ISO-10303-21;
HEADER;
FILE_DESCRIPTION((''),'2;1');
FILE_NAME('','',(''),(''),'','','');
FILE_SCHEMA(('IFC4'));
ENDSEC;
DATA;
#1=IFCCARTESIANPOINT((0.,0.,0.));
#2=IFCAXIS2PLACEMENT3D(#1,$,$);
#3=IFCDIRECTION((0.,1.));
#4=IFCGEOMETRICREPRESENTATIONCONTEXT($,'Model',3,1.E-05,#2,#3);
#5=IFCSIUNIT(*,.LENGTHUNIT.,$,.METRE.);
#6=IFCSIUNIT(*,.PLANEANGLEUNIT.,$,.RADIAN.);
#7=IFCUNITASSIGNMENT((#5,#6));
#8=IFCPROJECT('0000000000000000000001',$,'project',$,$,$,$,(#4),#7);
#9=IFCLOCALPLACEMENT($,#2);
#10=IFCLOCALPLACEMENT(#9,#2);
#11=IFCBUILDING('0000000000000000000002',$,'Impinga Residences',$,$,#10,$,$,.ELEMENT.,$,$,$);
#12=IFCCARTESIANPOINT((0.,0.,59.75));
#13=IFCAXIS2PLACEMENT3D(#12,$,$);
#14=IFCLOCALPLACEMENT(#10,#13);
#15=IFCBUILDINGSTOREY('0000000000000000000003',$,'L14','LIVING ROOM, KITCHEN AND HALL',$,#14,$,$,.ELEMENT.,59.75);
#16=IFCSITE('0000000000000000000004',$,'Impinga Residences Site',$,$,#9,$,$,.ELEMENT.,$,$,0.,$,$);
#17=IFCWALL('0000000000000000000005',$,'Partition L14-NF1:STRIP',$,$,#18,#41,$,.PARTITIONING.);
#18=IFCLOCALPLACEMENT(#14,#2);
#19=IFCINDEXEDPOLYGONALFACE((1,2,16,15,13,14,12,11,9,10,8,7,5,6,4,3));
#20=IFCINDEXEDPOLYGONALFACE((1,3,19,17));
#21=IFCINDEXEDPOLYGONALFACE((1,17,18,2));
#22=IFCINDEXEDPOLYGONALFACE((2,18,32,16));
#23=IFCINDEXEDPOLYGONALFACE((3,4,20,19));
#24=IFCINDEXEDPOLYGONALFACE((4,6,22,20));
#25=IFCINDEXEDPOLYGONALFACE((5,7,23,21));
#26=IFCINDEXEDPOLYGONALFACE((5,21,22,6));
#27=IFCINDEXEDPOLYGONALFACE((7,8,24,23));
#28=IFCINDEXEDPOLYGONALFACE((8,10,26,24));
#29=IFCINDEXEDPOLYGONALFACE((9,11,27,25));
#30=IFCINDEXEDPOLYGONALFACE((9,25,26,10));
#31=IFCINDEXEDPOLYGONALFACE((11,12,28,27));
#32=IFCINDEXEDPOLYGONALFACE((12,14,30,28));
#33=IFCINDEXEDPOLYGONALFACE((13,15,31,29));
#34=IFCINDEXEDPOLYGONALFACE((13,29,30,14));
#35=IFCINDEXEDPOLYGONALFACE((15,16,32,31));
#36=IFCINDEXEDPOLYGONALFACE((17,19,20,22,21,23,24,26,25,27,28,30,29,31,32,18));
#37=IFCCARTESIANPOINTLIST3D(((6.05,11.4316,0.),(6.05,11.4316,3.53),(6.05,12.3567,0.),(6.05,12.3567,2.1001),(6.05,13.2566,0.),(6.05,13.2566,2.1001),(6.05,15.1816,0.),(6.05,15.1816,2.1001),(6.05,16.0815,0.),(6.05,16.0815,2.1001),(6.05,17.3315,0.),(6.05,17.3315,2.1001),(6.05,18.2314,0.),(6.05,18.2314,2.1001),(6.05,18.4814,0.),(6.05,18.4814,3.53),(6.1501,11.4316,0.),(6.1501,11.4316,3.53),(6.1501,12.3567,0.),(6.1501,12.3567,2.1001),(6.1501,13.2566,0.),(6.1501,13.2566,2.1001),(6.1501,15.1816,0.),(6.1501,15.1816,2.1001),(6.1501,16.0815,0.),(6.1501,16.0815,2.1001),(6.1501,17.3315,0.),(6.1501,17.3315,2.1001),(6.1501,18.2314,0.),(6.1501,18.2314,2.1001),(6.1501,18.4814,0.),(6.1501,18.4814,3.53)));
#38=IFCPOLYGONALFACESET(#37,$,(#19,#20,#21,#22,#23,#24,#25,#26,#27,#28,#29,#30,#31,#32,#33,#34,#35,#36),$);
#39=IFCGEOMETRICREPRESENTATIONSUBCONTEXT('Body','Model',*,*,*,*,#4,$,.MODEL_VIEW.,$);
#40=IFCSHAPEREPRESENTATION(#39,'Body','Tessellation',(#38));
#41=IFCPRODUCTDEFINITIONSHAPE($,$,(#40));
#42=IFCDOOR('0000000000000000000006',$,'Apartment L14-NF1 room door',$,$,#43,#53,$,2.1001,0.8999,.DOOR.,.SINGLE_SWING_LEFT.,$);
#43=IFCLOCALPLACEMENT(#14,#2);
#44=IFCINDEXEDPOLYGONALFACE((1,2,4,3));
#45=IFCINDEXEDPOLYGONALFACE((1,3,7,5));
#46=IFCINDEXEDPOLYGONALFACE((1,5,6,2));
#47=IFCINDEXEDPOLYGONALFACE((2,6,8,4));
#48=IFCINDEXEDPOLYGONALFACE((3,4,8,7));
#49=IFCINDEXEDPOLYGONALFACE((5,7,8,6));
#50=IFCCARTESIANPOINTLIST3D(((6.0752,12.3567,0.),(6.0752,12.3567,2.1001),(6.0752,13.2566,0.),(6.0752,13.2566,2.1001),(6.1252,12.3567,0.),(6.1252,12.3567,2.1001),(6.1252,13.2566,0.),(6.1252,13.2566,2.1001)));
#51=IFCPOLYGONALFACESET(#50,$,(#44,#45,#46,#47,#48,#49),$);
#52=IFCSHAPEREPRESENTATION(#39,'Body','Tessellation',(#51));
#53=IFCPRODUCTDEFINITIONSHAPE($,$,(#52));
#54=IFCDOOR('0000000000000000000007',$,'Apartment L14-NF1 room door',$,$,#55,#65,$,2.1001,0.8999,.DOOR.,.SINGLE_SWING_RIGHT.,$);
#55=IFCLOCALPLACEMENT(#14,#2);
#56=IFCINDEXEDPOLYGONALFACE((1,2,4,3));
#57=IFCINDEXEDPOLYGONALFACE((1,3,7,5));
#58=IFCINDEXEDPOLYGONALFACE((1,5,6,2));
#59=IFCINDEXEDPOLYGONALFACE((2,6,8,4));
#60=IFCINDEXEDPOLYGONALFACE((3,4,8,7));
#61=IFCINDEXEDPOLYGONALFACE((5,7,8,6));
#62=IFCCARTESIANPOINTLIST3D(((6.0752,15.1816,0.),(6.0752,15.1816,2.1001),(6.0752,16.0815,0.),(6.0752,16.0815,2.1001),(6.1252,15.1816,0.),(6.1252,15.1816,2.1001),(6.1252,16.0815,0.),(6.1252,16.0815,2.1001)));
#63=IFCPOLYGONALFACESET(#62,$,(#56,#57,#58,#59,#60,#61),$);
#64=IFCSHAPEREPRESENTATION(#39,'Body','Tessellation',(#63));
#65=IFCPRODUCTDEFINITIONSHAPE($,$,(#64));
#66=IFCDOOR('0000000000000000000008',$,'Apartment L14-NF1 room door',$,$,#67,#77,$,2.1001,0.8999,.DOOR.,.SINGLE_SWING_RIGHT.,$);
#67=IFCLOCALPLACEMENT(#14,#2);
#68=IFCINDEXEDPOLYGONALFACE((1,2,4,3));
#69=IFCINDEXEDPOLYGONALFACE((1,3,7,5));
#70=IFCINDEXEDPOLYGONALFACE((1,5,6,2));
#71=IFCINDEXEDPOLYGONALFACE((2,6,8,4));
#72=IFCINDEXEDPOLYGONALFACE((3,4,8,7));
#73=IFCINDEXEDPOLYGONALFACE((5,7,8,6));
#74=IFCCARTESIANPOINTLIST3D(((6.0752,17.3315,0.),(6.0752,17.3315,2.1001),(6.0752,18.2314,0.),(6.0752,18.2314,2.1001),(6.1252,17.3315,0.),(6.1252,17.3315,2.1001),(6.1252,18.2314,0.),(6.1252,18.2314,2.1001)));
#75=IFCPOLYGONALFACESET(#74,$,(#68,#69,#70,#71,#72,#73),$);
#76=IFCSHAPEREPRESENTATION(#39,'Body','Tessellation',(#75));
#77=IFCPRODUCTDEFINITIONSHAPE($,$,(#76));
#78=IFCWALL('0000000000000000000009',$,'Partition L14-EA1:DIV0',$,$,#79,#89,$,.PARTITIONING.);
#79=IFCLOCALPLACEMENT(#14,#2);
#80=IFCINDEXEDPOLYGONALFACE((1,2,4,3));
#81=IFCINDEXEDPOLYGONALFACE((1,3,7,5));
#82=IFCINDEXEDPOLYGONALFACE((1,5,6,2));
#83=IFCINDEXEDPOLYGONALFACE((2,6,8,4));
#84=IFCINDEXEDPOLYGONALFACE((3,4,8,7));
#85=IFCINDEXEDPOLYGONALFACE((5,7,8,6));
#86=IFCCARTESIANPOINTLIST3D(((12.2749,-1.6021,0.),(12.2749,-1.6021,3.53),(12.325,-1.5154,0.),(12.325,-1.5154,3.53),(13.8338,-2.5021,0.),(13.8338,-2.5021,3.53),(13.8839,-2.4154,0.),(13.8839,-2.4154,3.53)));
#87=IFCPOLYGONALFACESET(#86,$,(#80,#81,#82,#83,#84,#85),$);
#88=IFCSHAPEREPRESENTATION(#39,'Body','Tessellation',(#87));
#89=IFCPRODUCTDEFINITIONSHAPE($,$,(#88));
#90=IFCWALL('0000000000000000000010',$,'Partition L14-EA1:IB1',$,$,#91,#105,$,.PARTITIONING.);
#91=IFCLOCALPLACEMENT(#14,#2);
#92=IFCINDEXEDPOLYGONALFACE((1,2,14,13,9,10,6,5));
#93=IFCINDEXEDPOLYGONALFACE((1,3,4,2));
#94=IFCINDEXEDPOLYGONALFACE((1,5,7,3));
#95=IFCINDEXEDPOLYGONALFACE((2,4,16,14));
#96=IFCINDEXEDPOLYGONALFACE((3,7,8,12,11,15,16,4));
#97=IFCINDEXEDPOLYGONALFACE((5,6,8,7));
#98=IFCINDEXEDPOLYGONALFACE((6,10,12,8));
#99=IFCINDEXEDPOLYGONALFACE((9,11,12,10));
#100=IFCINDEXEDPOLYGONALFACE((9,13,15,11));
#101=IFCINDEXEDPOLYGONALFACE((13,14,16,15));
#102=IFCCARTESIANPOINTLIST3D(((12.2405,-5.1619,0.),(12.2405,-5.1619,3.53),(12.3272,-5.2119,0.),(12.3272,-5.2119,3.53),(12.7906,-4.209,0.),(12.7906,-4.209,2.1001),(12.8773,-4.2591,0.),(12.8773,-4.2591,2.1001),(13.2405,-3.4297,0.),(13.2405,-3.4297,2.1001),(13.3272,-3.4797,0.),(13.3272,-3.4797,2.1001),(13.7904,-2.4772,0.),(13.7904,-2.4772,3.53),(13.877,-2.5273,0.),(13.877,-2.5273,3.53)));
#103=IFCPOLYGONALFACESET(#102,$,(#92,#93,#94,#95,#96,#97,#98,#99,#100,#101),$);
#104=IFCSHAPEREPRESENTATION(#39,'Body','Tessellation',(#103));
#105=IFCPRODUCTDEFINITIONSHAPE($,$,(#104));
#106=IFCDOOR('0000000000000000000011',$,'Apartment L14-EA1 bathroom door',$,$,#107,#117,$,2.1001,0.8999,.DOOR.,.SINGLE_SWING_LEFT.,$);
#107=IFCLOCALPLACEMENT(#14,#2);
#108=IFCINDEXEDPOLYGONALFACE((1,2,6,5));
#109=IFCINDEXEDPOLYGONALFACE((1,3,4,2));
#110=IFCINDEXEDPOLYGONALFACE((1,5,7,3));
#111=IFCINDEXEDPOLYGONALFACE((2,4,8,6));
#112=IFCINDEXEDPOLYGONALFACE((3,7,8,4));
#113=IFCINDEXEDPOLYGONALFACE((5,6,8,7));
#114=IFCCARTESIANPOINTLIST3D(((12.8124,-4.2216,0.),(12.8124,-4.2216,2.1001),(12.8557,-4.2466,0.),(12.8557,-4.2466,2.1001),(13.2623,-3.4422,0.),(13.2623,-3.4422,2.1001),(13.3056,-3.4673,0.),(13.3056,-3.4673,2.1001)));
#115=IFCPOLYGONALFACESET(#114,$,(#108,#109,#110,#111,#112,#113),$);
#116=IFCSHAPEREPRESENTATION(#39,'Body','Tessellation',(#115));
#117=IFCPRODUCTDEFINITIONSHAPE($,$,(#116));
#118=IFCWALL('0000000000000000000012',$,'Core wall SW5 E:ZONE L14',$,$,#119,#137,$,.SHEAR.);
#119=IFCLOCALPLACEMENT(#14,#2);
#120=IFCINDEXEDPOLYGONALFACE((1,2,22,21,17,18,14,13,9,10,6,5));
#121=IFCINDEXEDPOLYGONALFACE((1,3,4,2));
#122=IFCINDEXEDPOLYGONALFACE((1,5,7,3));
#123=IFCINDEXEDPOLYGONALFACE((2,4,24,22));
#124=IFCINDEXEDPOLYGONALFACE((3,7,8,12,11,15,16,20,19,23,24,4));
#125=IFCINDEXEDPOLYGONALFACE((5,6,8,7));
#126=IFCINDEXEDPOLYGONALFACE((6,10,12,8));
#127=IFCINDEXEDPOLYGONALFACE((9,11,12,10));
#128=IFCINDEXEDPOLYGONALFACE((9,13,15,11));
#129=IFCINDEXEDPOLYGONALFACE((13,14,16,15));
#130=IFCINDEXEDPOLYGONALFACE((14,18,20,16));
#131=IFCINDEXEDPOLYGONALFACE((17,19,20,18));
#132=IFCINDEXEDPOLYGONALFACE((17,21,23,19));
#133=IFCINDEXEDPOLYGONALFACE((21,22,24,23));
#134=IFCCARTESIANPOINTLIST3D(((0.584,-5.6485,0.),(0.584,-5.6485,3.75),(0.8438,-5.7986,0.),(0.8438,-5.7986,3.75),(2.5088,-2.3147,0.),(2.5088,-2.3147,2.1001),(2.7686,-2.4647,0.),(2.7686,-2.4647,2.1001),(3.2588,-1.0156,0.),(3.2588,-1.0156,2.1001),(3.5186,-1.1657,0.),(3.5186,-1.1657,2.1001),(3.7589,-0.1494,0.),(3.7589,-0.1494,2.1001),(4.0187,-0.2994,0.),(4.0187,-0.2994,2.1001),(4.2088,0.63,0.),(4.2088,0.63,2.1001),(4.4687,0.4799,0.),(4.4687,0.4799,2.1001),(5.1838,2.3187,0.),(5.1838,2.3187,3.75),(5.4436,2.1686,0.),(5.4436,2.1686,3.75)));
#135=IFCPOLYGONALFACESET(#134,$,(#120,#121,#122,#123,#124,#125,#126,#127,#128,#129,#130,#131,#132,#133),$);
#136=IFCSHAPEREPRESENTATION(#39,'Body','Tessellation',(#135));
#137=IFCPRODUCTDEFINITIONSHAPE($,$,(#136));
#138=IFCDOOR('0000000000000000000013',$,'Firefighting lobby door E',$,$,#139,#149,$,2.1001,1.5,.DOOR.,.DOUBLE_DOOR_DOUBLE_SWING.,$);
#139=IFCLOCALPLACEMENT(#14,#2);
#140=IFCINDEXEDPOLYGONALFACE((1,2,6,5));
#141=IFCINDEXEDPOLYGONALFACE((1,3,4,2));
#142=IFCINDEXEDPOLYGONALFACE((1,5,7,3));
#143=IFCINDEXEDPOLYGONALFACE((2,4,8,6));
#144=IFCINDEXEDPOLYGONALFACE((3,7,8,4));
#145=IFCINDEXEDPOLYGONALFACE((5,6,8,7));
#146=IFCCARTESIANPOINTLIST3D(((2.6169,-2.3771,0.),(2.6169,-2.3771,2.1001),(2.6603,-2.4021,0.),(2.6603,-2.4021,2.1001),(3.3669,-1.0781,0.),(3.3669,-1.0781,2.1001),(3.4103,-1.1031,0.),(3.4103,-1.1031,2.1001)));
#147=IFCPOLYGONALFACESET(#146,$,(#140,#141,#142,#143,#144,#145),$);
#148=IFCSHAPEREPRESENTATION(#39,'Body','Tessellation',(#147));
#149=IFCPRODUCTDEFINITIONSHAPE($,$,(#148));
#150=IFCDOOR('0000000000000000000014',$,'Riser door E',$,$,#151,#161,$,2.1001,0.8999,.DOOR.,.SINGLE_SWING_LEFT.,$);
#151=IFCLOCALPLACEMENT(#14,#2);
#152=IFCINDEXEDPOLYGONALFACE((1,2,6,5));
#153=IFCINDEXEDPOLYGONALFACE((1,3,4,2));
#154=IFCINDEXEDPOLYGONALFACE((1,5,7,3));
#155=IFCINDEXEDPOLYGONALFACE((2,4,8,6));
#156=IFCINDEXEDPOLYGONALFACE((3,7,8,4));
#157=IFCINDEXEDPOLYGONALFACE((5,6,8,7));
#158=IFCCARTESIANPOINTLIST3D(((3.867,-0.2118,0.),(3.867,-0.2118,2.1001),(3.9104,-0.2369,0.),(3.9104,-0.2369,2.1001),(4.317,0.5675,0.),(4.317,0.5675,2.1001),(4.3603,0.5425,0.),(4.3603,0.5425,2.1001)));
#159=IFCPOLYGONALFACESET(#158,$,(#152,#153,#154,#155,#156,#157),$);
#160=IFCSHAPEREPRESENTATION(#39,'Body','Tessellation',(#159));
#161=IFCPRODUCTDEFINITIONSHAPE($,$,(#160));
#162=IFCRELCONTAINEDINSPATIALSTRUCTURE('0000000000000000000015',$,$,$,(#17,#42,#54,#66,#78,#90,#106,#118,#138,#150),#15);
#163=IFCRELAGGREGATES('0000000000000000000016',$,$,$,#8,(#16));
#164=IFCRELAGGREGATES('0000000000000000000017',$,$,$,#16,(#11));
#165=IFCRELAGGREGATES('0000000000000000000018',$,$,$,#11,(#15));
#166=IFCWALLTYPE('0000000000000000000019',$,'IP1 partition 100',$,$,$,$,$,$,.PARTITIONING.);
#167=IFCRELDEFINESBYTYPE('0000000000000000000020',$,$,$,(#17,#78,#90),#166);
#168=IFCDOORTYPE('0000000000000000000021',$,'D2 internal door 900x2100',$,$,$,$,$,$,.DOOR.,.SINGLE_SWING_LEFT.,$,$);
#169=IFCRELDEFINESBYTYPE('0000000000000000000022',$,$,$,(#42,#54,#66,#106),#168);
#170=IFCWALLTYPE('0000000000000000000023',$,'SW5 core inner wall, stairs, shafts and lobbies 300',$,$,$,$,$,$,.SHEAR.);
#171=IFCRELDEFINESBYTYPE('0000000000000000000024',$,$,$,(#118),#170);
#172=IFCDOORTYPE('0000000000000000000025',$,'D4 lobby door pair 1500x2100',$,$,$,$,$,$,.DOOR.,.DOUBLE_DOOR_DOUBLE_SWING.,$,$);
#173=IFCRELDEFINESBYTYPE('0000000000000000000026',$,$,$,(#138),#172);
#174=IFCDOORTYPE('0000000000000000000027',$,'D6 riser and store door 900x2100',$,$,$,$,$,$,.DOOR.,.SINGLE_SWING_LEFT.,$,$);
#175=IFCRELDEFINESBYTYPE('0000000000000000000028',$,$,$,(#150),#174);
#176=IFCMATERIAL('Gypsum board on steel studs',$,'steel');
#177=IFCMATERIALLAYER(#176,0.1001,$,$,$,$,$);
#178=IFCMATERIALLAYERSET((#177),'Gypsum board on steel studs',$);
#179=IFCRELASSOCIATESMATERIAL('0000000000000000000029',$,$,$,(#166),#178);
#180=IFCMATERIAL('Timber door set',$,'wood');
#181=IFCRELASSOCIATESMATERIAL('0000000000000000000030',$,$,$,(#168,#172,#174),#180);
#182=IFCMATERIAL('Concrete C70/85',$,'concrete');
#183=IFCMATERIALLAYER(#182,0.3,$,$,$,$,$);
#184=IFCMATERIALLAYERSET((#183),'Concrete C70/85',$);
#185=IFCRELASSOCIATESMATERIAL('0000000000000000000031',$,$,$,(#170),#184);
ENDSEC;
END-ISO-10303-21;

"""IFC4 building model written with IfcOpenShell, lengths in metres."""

from ifc_helpers import new_model, si_unit, direction, frame, frame_2d, origin, place, context, subcontext, project, spatial, rectangle, extrude, material, layer, layer_set, type_object, element, fill, save


model = new_model("IFC4")

# Units and contexts
model_context = context("Model", 3, precision=1e-05, world=origin(), true_north=direction((0.0, 1.0)))
body_context = subcontext(model_context, "Body", "Model", "MODEL_VIEW")
ifc_project = project(units=[si_unit("LENGTHUNIT", "METRE"), si_unit("PLANEANGLEUNIT", "RADIAN")], contexts=[model_context])

# Site, building, storey
site_placement = place(None, origin())
site = spatial("IfcSite", under=ifc_project, at=site_placement, Name="Impinga Residences Site", CompositionType="ELEMENT", RefElevation=0.0)
building_placement = place(site_placement, origin())
building = spatial("IfcBuilding", under=site, at=building_placement, Name="Impinga Residences", CompositionType="ELEMENT")
storey_placement = place(building_placement, frame((0.0, 0.0, 59.75)))
storey = spatial("IfcBuildingStorey", under=building, at=storey_placement, Name="L14", Description="LIVING ROOM, KITCHEN AND HALL", CompositionType="ELEMENT", Elevation=59.75)

# Shared definitions
ifc_material_1 = material(Name="Concrete C70/85", Category="concrete")

# Shared definitions
ifc_material_2 = material(Name="Timber door set", Category="wood")

# Shared definitions
ifc_material_3 = material(Name="Gypsum board on steel studs", Category="steel")
ifc_layer_1 = layer(ifc_material_3, 0.1001)
ifc_layer_set_1 = layer_set([ifc_layer_1], Name="Gypsum board on steel studs")
wall_type_1 = type_object("IfcWallType", Name="IP1 partition 100", PredefinedType="PARTITIONING", material=ifc_layer_set_1)

# Wall, openings, doors
wall_1_placement = place(storey_placement, frame((6.1001, 11.4316, 0.0), z_axis=(0.0, 0.0, 1.0), x_axis=(0.0, 1.0, 0.0)))
wall_1 = element("IfcWall", 1, at=wall_1_placement, inside=storey, type_object=wall_type_1, Name="Partition L14-NF1:STRIP", PredefinedType="PARTITIONING", context=body_context, shape_type="SweptSolid", body=[
    extrude(rectangle(XDim=7.0498, YDim=0.1001, at=frame_2d((3.5249, 0.0))), origin(), (0.0, 0.0, 1.0), 3.53),
])
opening_1_placement = place(wall_1_placement, frame((0.925, 0.0, 0.0)))
opening_1 = element("IfcOpeningElement", 2, at=opening_1_placement, cuts=wall_1, PredefinedType="OPENING", context=body_context, shape_type="SweptSolid", body=[
    extrude(rectangle(XDim=0.8999, YDim=2.1001, at=frame_2d((0.45, 1.05))), frame((0.0, 0.0601, 0.0), z_axis=(0.0, -1.0, 0.0), x_axis=(1.0, 0.0, 0.0)), (0.0, 0.0, 1.0), 0.1201),
])
opening_2_placement = place(wall_1_placement, frame((3.75, 0.0, 0.0)))
opening_2 = element("IfcOpeningElement", 3, at=opening_2_placement, cuts=wall_1, PredefinedType="OPENING", context=body_context, shape_type="SweptSolid", body=[
    extrude(rectangle(XDim=0.8999, YDim=2.1001, at=frame_2d((0.45, 1.05))), frame((0.0, 0.0601, 0.0), z_axis=(0.0, -1.0, 0.0), x_axis=(1.0, 0.0, 0.0)), (0.0, 0.0, 1.0), 0.1201),
])
opening_3_placement = place(wall_1_placement, frame((5.8999, 0.0, 0.0)))
opening_3 = element("IfcOpeningElement", 4, at=opening_3_placement, cuts=wall_1, PredefinedType="OPENING", context=body_context, shape_type="SweptSolid", body=[
    extrude(rectangle(XDim=0.8999, YDim=2.1001, at=frame_2d((0.45, 1.05))), frame((0.0, 0.0601, 0.0), z_axis=(0.0, -1.0, 0.0), x_axis=(1.0, 0.0, 0.0)), (0.0, 0.0, 1.0), 0.1201),
])
door_type_1 = type_object("IfcDoorType", Name="D2 internal door 900x2100", OperationType="SINGLE_SWING_LEFT", PredefinedType="DOOR", material=ifc_material_2)
door_1_placement = place(opening_1_placement, origin())
door_1 = element("IfcDoor", 5, at=door_1_placement, inside=storey, type_object=door_type_1, Name="Apartment L14-NF1 room door", OperationType="SINGLE_SWING_LEFT", OverallHeight=2.1001, OverallWidth=0.8999, PredefinedType="DOOR", context=body_context, shape_type="SweptSolid", body=[
    extrude(rectangle(XDim=0.8999, YDim=2.1001, at=frame_2d((0.45, 1.05))), frame((0.0, 0.0249, 0.0), z_axis=(0.0, -1.0, 0.0), x_axis=(1.0, 0.0, 0.0)), (0.0, 0.0, 1.0), 0.05),
])
fill(opening_1, door_1)
door_2_placement = place(opening_2_placement, origin())
door_2 = element("IfcDoor", 6, at=door_2_placement, inside=storey, type_object=door_type_1, Name="Apartment L14-NF1 room door", OperationType="SINGLE_SWING_RIGHT", OverallHeight=2.1001, OverallWidth=0.8999, PredefinedType="DOOR", context=body_context, shape_type="SweptSolid", body=[
    extrude(rectangle(XDim=0.8999, YDim=2.1001, at=frame_2d((0.45, 1.05))), frame((0.0, 0.0249, 0.0), z_axis=(0.0, -1.0, 0.0), x_axis=(1.0, 0.0, 0.0)), (0.0, 0.0, 1.0), 0.05),
])
fill(opening_2, door_2)
door_3_placement = place(opening_3_placement, origin())
door_3 = element("IfcDoor", 7, at=door_3_placement, inside=storey, type_object=door_type_1, Name="Apartment L14-NF1 room door", OperationType="SINGLE_SWING_RIGHT", OverallHeight=2.1001, OverallWidth=0.8999, PredefinedType="DOOR", context=body_context, shape_type="SweptSolid", body=[
    extrude(rectangle(XDim=0.8999, YDim=2.1001, at=frame_2d((0.45, 1.05))), frame((0.0, 0.0249, 0.0), z_axis=(0.0, -1.0, 0.0), x_axis=(1.0, 0.0, 0.0)), (0.0, 0.0, 1.0), 0.05),
])
fill(opening_3, door_3)

# Wall
wall_2_placement = place(storey_placement, frame((12.3, -1.5588, 0.0), z_axis=(0.0, 0.0, 1.0), x_axis=(0.866048, -0.499961, 0.0)))
element("IfcWall", 8, at=wall_2_placement, inside=storey, type_object=wall_type_1, Name="Partition L14-EA1:DIV0", PredefinedType="PARTITIONING", context=body_context, shape_type="SweptSolid", body=[
    extrude(rectangle(XDim=1.8, YDim=0.1001, at=frame_2d((0.8999, 0.0))), origin(), (0.0, 0.0, 1.0), 3.53),
])

# Wall, opening, door
wall_3_placement = place(storey_placement, frame((12.2839, -5.1868, 0.0), z_axis=(0.0, 0.0, 1.0), x_axis=(0.499968, 0.866044, 0.0)))
wall_3 = element("IfcWall", 9, at=wall_3_placement, inside=storey, type_object=wall_type_1, Name="Partition L14-EA1:IB1", PredefinedType="PARTITIONING", context=body_context, shape_type="SweptSolid", body=[
    extrude(rectangle(XDim=3.0999, YDim=0.1001, at=frame_2d((1.5498, 0.0))), origin(), (0.0, 0.0, 1.0), 3.53),
])
opening_4_placement = place(wall_3_placement, frame((1.1001, 0.0, 0.0)))
opening_4 = element("IfcOpeningElement", 10, at=opening_4_placement, cuts=wall_3, PredefinedType="OPENING", context=body_context, shape_type="SweptSolid", body=[
    extrude(rectangle(XDim=0.8999, YDim=2.1001, at=frame_2d((0.45, 1.05))), frame((0.0, 0.0601, 0.0), z_axis=(0.0, -1.0, 0.0), x_axis=(1.0, 0.0, 0.0)), (0.0, 0.0, 1.0), 0.1201),
])
door_4_placement = place(opening_4_placement, origin())
door_4 = element("IfcDoor", 11, at=door_4_placement, inside=storey, type_object=door_type_1, Name="Apartment L14-EA1 bathroom door", OperationType="SINGLE_SWING_LEFT", OverallHeight=2.1001, OverallWidth=0.8999, PredefinedType="DOOR", context=body_context, shape_type="SweptSolid", body=[
    extrude(rectangle(XDim=0.8999, YDim=2.1001, at=frame_2d((0.45, 1.05))), frame((0.0, 0.0249, 0.0), z_axis=(0.0, -1.0, 0.0), x_axis=(1.0, 0.0, 0.0)), (0.0, 0.0, 1.0), 0.05),
])
fill(opening_4, door_4)

# Wall, openings, doors
ifc_layer_2 = layer(ifc_material_1, 0.3)
ifc_layer_set_2 = layer_set([ifc_layer_2], Name="Concrete C70/85")
wall_type_2 = type_object("IfcWallType", Name="SW5 core inner wall, stairs, shafts and lobbies 300", PredefinedType="SHEAR", material=ifc_layer_set_2)
wall_4_placement = place(storey_placement, frame((5.3137, 2.2437, 0.0), z_axis=(0.0, 0.0, 1.0), x_axis=(-0.499995, -0.866028, 0.0)))
wall_4 = element("IfcWall", 12, at=wall_4_placement, inside=storey, type_object=wall_type_2, Name="Core wall SW5 E:ZONE L14", PredefinedType="SHEAR", context=body_context, shape_type="SweptSolid", body=[
    extrude(rectangle(XDim=9.1997, YDim=0.3, at=frame_2d((4.5999, 0.0))), origin(), (0.0, 0.0, 1.0), 3.75),
])
opening_5_placement = place(wall_4_placement, frame((3.8501, 0.0, 0.0)))
opening_5 = element("IfcOpeningElement", 13, at=opening_5_placement, cuts=wall_4, PredefinedType="OPENING", context=body_context, shape_type="SweptSolid", body=[
    extrude(rectangle(XDim=1.5, YDim=2.1001, at=frame_2d((0.75, 1.05))), frame((0.0, 0.1599, 0.0), z_axis=(0.0, -1.0, 0.0), x_axis=(1.0, 0.0, 0.0)), (0.0, 0.0, 1.0), 0.3201),
])
opening_6_placement = place(wall_4_placement, frame((1.95, 0.0, 0.0)))
opening_6 = element("IfcOpeningElement", 14, at=opening_6_placement, cuts=wall_4, PredefinedType="OPENING", context=body_context, shape_type="SweptSolid", body=[
    extrude(rectangle(XDim=0.8999, YDim=2.1001, at=frame_2d((0.45, 1.05))), frame((0.0, 0.1599, 0.0), z_axis=(0.0, -1.0, 0.0), x_axis=(1.0, 0.0, 0.0)), (0.0, 0.0, 1.0), 0.3201),
])
door_type_2 = type_object("IfcDoorType", Name="D4 lobby door pair 1500x2100", OperationType="DOUBLE_DOOR_DOUBLE_SWING", PredefinedType="DOOR", material=ifc_material_2)
door_5_placement = place(opening_5_placement, origin())
door_5 = element("IfcDoor", 15, at=door_5_placement, inside=storey, type_object=door_type_2, Name="Firefighting lobby door E", OperationType="DOUBLE_DOOR_DOUBLE_SWING", OverallHeight=2.1001, OverallWidth=1.5, PredefinedType="DOOR", context=body_context, shape_type="SweptSolid", body=[
    extrude(rectangle(XDim=1.5, YDim=2.1001, at=frame_2d((0.75, 1.05))), frame((0.0, 0.0249, 0.0), z_axis=(0.0, -1.0, 0.0), x_axis=(1.0, 0.0, 0.0)), (0.0, 0.0, 1.0), 0.05),
])
fill(opening_5, door_5)
door_type_3 = type_object("IfcDoorType", Name="D6 riser and store door 900x2100", OperationType="SINGLE_SWING_LEFT", PredefinedType="DOOR", material=ifc_material_2)
door_6_placement = place(opening_6_placement, origin())
door_6 = element("IfcDoor", 16, at=door_6_placement, inside=storey, type_object=door_type_3, Name="Riser door E", OperationType="SINGLE_SWING_LEFT", OverallHeight=2.1001, OverallWidth=0.8999, PredefinedType="DOOR", context=body_context, shape_type="SweptSolid", body=[
    extrude(rectangle(XDim=0.8999, YDim=2.1001, at=frame_2d((0.45, 1.05))), frame((0.0, 0.0249, 0.0), z_axis=(0.0, -1.0, 0.0), x_axis=(1.0, 0.0, 0.0)), (0.0, 0.0, 1.0), 0.05),
])
fill(opening_6, door_6)

save(model, "model.ifc")
